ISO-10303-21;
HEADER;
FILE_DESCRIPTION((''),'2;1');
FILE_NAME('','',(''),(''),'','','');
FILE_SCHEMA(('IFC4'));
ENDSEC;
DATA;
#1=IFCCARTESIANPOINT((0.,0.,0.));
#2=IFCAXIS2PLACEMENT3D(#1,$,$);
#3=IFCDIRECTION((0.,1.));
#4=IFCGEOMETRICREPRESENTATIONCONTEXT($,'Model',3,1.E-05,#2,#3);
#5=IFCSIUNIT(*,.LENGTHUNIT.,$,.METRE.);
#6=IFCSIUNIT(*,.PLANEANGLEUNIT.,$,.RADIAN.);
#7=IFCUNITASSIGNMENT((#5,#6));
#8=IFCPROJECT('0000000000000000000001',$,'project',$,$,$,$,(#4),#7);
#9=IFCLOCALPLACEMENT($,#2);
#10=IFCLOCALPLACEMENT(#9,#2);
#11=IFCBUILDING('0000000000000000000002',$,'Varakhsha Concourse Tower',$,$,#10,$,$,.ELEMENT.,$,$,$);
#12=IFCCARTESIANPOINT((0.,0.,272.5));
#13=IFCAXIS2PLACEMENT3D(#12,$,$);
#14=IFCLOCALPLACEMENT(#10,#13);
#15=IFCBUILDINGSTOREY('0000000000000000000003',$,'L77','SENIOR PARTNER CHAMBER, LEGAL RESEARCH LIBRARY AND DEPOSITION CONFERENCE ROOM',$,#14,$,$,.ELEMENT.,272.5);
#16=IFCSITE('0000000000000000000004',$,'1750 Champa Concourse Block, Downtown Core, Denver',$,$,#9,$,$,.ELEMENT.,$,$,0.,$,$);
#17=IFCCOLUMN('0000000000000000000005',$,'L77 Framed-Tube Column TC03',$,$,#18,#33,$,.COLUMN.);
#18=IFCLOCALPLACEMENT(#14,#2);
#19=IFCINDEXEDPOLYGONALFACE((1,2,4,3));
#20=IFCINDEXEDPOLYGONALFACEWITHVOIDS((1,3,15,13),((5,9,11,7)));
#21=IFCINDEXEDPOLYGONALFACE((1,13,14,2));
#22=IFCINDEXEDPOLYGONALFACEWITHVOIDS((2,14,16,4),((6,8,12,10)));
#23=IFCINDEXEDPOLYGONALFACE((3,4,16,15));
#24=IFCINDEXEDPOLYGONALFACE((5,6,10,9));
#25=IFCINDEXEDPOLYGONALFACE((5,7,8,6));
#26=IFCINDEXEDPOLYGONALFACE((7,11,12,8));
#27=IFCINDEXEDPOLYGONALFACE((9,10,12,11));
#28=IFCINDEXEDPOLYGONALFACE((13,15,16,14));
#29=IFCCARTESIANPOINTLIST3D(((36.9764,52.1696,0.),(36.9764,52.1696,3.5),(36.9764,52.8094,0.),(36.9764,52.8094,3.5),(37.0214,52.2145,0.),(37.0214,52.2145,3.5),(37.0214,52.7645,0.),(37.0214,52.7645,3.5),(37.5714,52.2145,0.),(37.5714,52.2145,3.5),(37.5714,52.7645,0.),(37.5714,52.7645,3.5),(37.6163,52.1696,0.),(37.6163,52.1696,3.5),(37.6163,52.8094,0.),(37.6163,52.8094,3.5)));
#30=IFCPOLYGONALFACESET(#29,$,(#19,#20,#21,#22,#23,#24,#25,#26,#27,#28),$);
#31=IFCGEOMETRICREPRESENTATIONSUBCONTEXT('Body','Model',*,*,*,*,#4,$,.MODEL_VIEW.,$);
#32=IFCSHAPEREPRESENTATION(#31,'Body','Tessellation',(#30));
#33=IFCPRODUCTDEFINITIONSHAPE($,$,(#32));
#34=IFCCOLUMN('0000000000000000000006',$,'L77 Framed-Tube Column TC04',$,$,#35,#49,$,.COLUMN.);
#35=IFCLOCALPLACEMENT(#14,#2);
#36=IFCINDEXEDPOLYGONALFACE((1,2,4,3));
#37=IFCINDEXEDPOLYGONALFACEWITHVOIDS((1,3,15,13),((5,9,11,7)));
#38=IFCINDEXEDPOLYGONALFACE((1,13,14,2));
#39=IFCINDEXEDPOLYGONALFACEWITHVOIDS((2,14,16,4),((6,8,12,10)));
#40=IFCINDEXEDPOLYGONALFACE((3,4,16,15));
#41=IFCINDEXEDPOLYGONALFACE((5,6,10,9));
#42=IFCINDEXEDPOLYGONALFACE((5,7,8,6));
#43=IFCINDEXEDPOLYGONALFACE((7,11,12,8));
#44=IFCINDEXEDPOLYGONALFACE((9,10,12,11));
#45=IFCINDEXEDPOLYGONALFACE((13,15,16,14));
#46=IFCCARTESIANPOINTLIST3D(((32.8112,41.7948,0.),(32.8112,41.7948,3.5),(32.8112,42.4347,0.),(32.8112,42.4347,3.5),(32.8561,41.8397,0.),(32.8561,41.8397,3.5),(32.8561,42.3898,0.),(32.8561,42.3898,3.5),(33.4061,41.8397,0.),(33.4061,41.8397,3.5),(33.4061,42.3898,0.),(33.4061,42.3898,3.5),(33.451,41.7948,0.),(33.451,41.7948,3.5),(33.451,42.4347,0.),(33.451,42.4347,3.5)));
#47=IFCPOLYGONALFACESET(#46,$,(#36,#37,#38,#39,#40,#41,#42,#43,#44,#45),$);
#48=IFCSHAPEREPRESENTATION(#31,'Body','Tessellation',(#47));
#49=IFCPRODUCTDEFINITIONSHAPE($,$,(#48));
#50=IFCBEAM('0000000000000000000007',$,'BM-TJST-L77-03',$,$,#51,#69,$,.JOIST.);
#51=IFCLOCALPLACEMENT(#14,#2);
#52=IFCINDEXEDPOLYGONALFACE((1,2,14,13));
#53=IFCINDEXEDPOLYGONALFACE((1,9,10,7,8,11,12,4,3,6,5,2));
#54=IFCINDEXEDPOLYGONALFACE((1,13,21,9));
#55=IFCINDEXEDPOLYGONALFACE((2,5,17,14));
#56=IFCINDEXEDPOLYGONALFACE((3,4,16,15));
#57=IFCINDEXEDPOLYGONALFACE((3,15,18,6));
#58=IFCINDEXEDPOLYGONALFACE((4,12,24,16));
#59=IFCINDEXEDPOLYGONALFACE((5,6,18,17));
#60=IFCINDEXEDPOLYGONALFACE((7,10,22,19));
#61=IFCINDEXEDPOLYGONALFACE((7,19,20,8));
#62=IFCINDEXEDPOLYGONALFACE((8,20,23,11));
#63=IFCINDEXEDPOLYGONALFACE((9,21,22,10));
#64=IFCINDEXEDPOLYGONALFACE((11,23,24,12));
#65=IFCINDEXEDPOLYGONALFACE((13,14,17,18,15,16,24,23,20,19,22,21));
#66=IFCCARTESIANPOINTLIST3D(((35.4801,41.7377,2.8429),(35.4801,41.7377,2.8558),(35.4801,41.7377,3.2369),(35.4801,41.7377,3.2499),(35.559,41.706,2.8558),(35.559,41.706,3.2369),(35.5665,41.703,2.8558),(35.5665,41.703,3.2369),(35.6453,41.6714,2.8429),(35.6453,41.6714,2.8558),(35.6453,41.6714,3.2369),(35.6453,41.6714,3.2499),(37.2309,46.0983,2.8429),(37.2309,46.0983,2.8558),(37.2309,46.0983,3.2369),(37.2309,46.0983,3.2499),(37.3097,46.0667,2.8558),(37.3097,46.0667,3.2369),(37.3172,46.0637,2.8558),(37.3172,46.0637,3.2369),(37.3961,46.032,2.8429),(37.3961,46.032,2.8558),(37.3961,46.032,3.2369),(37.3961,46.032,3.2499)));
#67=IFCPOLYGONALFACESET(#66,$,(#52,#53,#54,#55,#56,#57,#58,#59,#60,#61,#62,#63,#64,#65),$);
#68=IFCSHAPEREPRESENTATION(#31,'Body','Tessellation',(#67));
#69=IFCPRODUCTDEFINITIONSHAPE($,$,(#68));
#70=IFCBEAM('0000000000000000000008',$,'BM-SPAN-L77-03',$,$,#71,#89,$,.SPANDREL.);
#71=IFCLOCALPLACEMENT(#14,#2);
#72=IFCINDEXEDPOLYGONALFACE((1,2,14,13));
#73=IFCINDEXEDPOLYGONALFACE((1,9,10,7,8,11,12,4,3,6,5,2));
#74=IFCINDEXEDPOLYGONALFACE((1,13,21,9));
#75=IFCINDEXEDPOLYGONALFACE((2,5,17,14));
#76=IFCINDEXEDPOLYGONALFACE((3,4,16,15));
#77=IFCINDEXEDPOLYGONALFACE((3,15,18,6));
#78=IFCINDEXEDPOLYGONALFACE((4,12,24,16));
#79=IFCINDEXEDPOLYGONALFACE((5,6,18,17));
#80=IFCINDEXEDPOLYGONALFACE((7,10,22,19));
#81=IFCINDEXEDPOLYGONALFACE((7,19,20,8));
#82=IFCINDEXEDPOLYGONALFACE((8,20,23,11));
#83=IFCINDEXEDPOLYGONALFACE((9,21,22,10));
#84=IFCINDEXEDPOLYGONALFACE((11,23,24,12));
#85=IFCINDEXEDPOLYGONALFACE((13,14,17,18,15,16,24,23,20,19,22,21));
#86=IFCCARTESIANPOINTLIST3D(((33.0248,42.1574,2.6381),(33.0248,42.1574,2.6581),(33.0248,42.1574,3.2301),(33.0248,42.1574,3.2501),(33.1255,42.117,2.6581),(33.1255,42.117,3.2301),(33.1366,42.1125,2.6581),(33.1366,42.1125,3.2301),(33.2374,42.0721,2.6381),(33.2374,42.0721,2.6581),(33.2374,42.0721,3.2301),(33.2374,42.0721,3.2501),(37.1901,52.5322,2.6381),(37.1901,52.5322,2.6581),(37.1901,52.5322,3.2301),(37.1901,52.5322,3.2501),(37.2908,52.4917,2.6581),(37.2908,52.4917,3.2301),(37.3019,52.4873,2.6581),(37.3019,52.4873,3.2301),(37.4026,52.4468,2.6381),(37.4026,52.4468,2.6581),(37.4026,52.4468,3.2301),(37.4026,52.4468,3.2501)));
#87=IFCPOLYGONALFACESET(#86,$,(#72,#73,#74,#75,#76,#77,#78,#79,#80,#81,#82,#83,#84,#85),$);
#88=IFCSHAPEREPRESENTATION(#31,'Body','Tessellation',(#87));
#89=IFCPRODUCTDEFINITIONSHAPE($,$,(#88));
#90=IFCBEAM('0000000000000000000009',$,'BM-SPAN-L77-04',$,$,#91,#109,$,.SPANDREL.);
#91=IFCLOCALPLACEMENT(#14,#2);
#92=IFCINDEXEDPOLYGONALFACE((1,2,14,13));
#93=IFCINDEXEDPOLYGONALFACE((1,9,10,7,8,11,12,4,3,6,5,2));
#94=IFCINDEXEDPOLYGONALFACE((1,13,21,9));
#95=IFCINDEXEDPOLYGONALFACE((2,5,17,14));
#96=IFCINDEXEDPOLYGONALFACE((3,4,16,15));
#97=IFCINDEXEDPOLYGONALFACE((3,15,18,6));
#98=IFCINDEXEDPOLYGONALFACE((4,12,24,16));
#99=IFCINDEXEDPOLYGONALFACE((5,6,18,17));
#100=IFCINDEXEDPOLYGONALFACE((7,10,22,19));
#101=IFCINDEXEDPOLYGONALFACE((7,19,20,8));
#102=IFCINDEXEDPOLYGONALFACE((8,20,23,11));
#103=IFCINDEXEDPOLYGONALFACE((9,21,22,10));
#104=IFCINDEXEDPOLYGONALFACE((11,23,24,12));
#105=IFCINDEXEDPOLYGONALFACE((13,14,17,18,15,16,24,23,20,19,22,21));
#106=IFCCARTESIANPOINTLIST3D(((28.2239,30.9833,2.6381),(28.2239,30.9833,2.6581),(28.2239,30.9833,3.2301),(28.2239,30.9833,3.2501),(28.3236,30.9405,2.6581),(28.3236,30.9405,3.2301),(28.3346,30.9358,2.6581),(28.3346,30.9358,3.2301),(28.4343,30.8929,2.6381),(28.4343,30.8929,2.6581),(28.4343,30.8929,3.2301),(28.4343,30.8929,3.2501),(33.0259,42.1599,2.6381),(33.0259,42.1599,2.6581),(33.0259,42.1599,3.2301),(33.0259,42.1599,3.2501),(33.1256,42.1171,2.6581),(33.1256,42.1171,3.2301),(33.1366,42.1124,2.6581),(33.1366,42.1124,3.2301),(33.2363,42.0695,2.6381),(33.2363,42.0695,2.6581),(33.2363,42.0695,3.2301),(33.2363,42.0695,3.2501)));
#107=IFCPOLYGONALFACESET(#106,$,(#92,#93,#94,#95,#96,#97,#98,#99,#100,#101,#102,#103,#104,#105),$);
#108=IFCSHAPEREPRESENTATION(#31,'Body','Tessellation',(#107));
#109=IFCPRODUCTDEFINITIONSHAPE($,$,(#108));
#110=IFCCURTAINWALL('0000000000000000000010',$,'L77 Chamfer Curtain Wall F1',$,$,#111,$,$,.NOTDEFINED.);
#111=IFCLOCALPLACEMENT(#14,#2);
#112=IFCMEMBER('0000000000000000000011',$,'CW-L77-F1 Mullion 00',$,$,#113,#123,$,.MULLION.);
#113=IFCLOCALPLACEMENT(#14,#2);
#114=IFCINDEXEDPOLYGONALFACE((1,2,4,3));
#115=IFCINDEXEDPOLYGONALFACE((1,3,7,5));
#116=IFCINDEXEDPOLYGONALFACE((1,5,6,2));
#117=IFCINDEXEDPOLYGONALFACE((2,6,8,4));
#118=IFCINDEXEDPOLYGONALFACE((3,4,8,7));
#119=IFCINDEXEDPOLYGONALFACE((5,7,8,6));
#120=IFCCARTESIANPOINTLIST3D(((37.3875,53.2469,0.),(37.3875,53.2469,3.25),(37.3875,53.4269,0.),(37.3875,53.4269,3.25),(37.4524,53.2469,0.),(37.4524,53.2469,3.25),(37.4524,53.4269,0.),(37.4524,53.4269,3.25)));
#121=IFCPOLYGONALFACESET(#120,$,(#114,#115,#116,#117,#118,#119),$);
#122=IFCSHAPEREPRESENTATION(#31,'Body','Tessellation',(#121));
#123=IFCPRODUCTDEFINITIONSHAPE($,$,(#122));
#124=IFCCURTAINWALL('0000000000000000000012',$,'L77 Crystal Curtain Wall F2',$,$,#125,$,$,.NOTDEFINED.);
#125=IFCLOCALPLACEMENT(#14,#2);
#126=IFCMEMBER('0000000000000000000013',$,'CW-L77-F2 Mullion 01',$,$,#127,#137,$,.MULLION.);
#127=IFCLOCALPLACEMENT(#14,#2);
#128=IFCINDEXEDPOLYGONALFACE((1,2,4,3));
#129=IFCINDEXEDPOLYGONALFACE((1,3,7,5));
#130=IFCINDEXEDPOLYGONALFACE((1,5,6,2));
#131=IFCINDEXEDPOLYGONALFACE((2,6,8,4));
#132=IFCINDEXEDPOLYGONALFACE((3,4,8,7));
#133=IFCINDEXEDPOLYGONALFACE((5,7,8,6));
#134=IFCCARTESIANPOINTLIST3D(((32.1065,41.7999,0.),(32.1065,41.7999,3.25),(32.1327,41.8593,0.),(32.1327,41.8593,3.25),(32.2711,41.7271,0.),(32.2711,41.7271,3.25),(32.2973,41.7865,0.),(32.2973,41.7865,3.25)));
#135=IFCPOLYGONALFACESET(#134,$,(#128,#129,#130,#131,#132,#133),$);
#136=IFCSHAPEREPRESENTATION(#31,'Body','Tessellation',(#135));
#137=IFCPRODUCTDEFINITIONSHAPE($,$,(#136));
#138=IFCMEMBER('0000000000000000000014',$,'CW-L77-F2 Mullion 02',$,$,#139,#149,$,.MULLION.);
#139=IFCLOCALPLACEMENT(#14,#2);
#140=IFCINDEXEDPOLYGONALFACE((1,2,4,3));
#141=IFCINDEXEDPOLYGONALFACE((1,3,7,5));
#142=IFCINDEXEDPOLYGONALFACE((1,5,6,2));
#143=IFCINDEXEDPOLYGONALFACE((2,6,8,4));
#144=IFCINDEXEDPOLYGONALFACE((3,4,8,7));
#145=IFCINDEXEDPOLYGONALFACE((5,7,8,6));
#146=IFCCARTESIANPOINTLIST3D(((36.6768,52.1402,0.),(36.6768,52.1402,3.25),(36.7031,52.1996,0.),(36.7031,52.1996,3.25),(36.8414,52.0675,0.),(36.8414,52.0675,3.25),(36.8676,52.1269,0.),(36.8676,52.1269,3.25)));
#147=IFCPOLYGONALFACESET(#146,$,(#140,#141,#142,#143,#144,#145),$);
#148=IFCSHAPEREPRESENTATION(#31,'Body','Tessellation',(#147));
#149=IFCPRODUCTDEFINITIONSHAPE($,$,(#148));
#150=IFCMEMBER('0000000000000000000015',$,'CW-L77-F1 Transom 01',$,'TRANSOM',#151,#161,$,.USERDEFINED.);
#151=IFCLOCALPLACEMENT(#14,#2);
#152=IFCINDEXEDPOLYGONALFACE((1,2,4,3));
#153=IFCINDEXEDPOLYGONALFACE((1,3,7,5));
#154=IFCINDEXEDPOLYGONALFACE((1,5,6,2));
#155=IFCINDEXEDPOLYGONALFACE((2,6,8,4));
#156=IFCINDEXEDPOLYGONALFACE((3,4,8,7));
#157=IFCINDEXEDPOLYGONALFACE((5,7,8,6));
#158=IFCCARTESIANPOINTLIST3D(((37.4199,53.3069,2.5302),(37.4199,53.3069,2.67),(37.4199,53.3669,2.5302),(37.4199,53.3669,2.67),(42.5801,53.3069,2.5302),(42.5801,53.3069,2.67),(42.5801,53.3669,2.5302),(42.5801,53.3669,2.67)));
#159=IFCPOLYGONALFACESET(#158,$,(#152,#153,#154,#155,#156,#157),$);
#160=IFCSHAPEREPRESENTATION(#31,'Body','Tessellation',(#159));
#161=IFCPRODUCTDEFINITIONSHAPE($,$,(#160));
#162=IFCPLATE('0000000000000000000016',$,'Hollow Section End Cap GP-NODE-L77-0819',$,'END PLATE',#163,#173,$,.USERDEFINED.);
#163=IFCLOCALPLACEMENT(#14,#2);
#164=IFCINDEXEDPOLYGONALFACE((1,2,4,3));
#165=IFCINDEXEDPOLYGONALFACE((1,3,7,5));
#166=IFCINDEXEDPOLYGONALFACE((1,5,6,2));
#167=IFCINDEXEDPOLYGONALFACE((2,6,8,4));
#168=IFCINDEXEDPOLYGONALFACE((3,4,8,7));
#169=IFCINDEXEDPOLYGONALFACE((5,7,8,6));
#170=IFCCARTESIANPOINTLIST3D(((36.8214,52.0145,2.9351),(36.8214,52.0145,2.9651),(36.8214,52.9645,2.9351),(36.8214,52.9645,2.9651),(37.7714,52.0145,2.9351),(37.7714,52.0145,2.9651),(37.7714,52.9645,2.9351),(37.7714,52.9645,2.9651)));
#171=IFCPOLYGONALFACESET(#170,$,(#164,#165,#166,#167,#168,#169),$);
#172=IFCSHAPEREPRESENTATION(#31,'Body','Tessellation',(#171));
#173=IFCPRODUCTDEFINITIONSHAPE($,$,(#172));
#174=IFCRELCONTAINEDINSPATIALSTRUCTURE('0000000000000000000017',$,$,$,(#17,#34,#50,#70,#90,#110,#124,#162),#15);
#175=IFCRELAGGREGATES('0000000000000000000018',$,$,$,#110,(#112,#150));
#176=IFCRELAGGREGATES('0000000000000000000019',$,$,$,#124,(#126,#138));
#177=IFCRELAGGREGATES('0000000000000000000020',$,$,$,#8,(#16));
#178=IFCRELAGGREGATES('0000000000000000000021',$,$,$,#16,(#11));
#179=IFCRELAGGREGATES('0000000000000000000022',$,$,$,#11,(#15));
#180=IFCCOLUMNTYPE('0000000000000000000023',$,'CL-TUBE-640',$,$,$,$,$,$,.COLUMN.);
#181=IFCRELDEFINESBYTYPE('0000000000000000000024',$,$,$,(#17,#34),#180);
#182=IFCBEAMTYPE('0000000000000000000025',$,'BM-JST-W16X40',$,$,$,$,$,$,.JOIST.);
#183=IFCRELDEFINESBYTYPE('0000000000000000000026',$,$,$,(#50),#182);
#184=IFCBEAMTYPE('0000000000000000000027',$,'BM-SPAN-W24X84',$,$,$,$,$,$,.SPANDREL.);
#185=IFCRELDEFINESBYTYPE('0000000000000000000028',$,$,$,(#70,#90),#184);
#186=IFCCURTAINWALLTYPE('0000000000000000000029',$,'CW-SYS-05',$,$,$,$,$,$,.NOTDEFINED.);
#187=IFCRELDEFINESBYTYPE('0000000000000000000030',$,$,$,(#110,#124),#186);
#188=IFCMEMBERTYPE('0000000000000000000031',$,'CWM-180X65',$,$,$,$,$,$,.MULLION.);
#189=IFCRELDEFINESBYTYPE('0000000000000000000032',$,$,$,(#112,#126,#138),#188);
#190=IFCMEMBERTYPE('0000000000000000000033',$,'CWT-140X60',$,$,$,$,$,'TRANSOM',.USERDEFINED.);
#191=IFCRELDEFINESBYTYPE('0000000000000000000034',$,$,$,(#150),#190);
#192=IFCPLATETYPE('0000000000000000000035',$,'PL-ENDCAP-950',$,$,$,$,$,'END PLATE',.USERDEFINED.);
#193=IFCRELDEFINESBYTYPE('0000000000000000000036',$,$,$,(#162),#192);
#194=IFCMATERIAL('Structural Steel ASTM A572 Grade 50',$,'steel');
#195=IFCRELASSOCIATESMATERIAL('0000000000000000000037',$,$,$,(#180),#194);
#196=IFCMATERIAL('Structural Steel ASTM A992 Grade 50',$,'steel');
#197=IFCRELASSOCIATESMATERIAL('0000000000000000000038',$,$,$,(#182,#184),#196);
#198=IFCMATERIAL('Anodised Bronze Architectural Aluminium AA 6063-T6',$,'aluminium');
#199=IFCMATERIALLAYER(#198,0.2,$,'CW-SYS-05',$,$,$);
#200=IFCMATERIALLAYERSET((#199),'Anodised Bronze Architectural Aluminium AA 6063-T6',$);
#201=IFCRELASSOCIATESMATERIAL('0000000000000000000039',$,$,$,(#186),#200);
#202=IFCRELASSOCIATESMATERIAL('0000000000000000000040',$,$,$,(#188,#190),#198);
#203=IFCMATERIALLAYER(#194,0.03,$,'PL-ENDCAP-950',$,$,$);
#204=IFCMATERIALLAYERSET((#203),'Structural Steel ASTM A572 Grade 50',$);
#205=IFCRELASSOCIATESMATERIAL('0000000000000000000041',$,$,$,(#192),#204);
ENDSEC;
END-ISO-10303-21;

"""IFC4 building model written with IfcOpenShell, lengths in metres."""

from ifc_helpers import new_model, si_unit, direction, frame, origin, origin_2d, place, context, subcontext, project, spatial, rectangle, hollow_rectangle, i_section, extrude, source, transform, mapped, material, layer, layer_set, material_profile, profile_set, type_object, type_shapes, element, aggregate, save


model = new_model("IFC4")

# Units and contexts
model_context = context("Model", 3, precision=1e-05, world=origin(), true_north=direction((0.0, 1.0)))
body_context = subcontext(model_context, "Body", "Model", "MODEL_VIEW")
ifc_project = project(units=[si_unit("LENGTHUNIT", "METRE"), si_unit("PLANEANGLEUNIT", "RADIAN")], contexts=[model_context])

# Site, building, storey
site_placement = place(None, origin())
site = spatial("IfcSite", under=ifc_project, at=site_placement, Name="1750 Champa Concourse Block, Downtown Core, Denver", CompositionType="ELEMENT", RefElevation=0.0)
building_placement = place(site_placement, origin())
building = spatial("IfcBuilding", under=site, at=building_placement, Name="Varakhsha Concourse Tower", CompositionType="ELEMENT")
storey_placement = place(building_placement, frame((0.0, 0.0, 272.5)))
storey = spatial("IfcBuildingStorey", under=building, at=storey_placement, Name="L77", Description="SENIOR PARTNER CHAMBER, LEGAL RESEARCH LIBRARY AND DEPOSITION CONFERENCE ROOM", CompositionType="ELEMENT", Elevation=272.5)

# Columns
ifc_material_1 = material(Name="Structural Steel ASTM A572 Grade 50", Category="steel")
ifc_material_profile_1 = material_profile(ifc_material_1, hollow_rectangle(XDim=0.6399, YDim=0.6399, WallThickness=0.0449, at=origin_2d()), Name="BOX 640x640x45")
ifc_profile_set_1 = profile_set([ifc_material_profile_1], Name="Structural Steel ASTM A572 Grade 50")
column_type = type_object("IfcColumnType", Name="CL-TUBE-640", PredefinedType="COLUMN", material=ifc_profile_set_1)
for number, where, z_axis, x_axis, name in (
    (1, (37.2964, 52.4895, 0.0), (0.0, 0.0, 1.0), (1.0, 0.0, 0.0), "L77 Framed-Tube Column TC03"),
    (2, (33.1311, 42.1147, 0.0), (0.0, 0.0, 1.0), (1.0, 0.0, 0.0), "L77 Framed-Tube Column TC04"),
):
    element("IfcColumn", number, at=place(storey_placement, frame(where, z_axis=z_axis, x_axis=x_axis)), inside=storey, type_object=column_type, Name=name, PredefinedType="COLUMN", context=body_context, shape_type="SweptSolid", body=[
        extrude(hollow_rectangle(XDim=0.6399, YDim=0.6399, WallThickness=0.0449, at=origin_2d()), origin(), (0.0, 0.0, 1.0), 3.5),
    ])

# Beams
ifc_material_2 = material(Name="Structural Steel ASTM A992 Grade 50", Category="steel")
ifc_material_profile_2 = material_profile(ifc_material_2, i_section(OverallWidth=0.178, OverallDepth=0.407, WebThickness=0.0081, FlangeThickness=0.0129, at=origin_2d()), Name="W16X40")
ifc_profile_set_2 = profile_set([ifc_material_profile_2], Name="Structural Steel ASTM A992 Grade 50")
beam_type_1 = type_object("IfcBeamType", Name="BM-JST-W16X40", PredefinedType="JOIST", material=ifc_profile_set_2)
beam_1_placement = place(storey_placement, frame((37.3135, 46.0652, 3.0464), z_axis=(-0.372582, -0.927999, 0.0), x_axis=(0.927999, -0.372582, 0.0)))
element("IfcBeam", 3, at=beam_1_placement, inside=storey, type_object=beam_type_1, Name="BM-TJST-L77-03", PredefinedType="JOIST", context=body_context, shape_type="SweptSolid", body=[
    extrude(i_section(OverallWidth=0.178, OverallDepth=0.407, WebThickness=0.0081, FlangeThickness=0.0129, at=origin_2d()), origin(), (0.0, 0.0, 1.0), 4.699),
])
ifc_material_profile_3 = material_profile(ifc_material_2, i_section(OverallWidth=0.229, OverallDepth=0.6121, WebThickness=0.012, FlangeThickness=0.02, at=origin_2d()), Name="W24X84")
ifc_profile_set_3 = profile_set([ifc_material_profile_3], Name="Structural Steel ASTM A992 Grade 50")
beam_type_2 = type_object("IfcBeamType", Name="BM-SPAN-W24X84", PredefinedType="SPANDREL", material=ifc_profile_set_3)
beam_2_placement = place(storey_placement, frame((37.2964, 52.4895, 2.9441), z_axis=(-0.372576, -0.928002, 0.0), x_axis=(0.928002, -0.372576, 0.0)))
element("IfcBeam", 4, at=beam_2_placement, inside=storey, type_object=beam_type_2, Name="BM-SPAN-L77-03", PredefinedType="SPANDREL", context=body_context, shape_type="SweptSolid", body=[
    extrude(i_section(OverallWidth=0.229, OverallDepth=0.6121, WebThickness=0.012, FlangeThickness=0.02, at=origin_2d()), origin(), (0.0, 0.0, 1.0), 11.1797),
])
beam_3_placement = place(storey_placement, frame((33.1311, 42.1147, 2.9441), z_axis=(-0.394757, -0.918785, 0.0), x_axis=(0.918785, -0.394757, 0.0)))
element("IfcBeam", 5, at=beam_3_placement, inside=storey, type_object=beam_type_2, Name="BM-SPAN-L77-04", PredefinedType="SPANDREL", context=body_context, shape_type="SweptSolid", body=[
    extrude(i_section(OverallWidth=0.229, OverallDepth=0.6121, WebThickness=0.012, FlangeThickness=0.02, at=origin_2d()), origin(), (0.0, 0.0, 1.0), 12.1646),
])

# Curtain wall, member
ifc_material_3 = material(Name="Anodised Bronze Architectural Aluminium AA 6063-T6", Category="aluminium")
ifc_layer_1 = layer(ifc_material_3, 0.2, Name="CW-SYS-05")
ifc_layer_set_1 = layer_set([ifc_layer_1], Name="Anodised Bronze Architectural Aluminium AA 6063-T6")
curtain_wall_type = type_object("IfcCurtainWallType", Name="CW-SYS-05", PredefinedType="NOTDEFINED", material=ifc_layer_set_1)
curtain_wall_1_placement = place(storey_placement, origin())
curtain_wall_1 = element("IfcCurtainWall", 6, at=curtain_wall_1_placement, inside=storey, type_object=curtain_wall_type, Name="L77 Chamfer Curtain Wall F1", PredefinedType="NOTDEFINED")
ifc_material_profile_4 = material_profile(ifc_material_3, rectangle(XDim=0.0649, YDim=0.1799, at=origin_2d()), Name="CWM-180X65")
ifc_profile_set_4 = profile_set([ifc_material_profile_4], Name="Anodised Bronze Architectural Aluminium AA 6063-T6")
member_type_1 = type_object("IfcMemberType", Name="CWM-180X65", PredefinedType="MULLION", material=ifc_profile_set_4)
shared_shape_1 = source(origin(), body_context, "Body", "SweptSolid", [
    extrude(rectangle(XDim=0.0649, YDim=0.1799, at=origin_2d()), origin(), (0.0, 0.0, 1.0), 3.25),
])
type_shapes(member_type_1, [shared_shape_1])
member_1_placement = place(storey_placement, frame((37.4199, 53.3369, 0.0), z_axis=(0.0, 0.0, 1.0), x_axis=(1.0, 0.0, 0.0)))
member_1 = element("IfcMember", 7, at=member_1_placement, type_object=member_type_1, Name="CW-L77-F1 Mullion 00", PredefinedType="MULLION", context=body_context, shape_type="MappedRepresentation", body=[
    mapped(shared_shape_1, transform((0.0, 0.0, 0.0), scale=1.0)),
])

# Curtain wall, members
curtain_wall_2_placement = place(storey_placement, origin())
curtain_wall_2 = element("IfcCurtainWall", 8, at=curtain_wall_2_placement, inside=storey, type_object=curtain_wall_type, Name="L77 Crystal Curtain Wall F2", PredefinedType="NOTDEFINED")
member_2_placement = place(storey_placement, frame((32.2019, 41.7932, 0.0), z_axis=(0.0, 0.0, 1.0), x_axis=(0.404273, 0.914638, 0.0)))
member_2 = element("IfcMember", 9, at=member_2_placement, type_object=member_type_1, Name="CW-L77-F2 Mullion 01", PredefinedType="MULLION", context=body_context, shape_type="MappedRepresentation", body=[
    mapped(shared_shape_1, transform((0.0, 0.0, 0.0), scale=1.0)),
])
member_3_placement = place(storey_placement, frame((36.7722, 52.1335, 0.0), z_axis=(0.0, 0.0, 1.0), x_axis=(0.404273, 0.914638, 0.0)))
member_3 = element("IfcMember", 10, at=member_3_placement, type_object=member_type_1, Name="CW-L77-F2 Mullion 02", PredefinedType="MULLION", context=body_context, shape_type="MappedRepresentation", body=[
    mapped(shared_shape_1, transform((0.0, 0.0, 0.0), scale=1.0)),
])

# Member
ifc_material_profile_5 = material_profile(ifc_material_3, rectangle(XDim=0.0601, YDim=0.1399, at=origin_2d()), Name="CWT-140X60")
ifc_profile_set_5 = profile_set([ifc_material_profile_5], Name="Anodised Bronze Architectural Aluminium AA 6063-T6")
member_type_2 = type_object("IfcMemberType", Name="CWT-140X60", ElementType="TRANSOM", PredefinedType="USERDEFINED", material=ifc_profile_set_5)
shared_shape_2 = source(origin(), body_context, "Body", "SweptSolid", [
    extrude(rectangle(XDim=0.0601, YDim=0.1399, at=origin_2d()), origin(), (0.0, 0.0, 1.0), 5.1602),
])
type_shapes(member_type_2, [shared_shape_2])
member_4_placement = place(storey_placement, frame((37.4199, 53.3369, 2.6001), z_axis=(1.0, 0.0, 0.0), x_axis=(0.0, 1.0, 0.0)))
member_4 = element("IfcMember", 11, at=member_4_placement, type_object=member_type_2, Name="CW-L77-F1 Transom 01", ObjectType="TRANSOM", PredefinedType="USERDEFINED", context=body_context, shape_type="MappedRepresentation", body=[
    mapped(shared_shape_2, transform((0.0, 0.0, 0.0), scale=1.0)),
])
aggregate(curtain_wall_1, [member_1, member_4])

# Plate
ifc_layer_2 = layer(ifc_material_1, 0.03, Name="PL-ENDCAP-950")
ifc_layer_set_2 = layer_set([ifc_layer_2], Name="Structural Steel ASTM A572 Grade 50")
plate_type_1 = type_object("IfcPlateType", Name="PL-ENDCAP-950", ElementType="END PLATE", PredefinedType="USERDEFINED", material=ifc_layer_set_2)
shared_shape_3 = source(origin(), body_context, "Body", "SweptSolid", [
    extrude(rectangle(XDim=0.95, YDim=0.95, at=origin_2d()), origin(), (0.0, 0.0, 1.0), 0.03),
])
type_shapes(plate_type_1, [shared_shape_3])
plate_1_placement = place(storey_placement, frame((37.2964, 52.4895, 2.9351), z_axis=(0.0, 0.0, 1.0), x_axis=(1.0, 0.0, 0.0)))
element("IfcPlate", 12, at=plate_1_placement, inside=storey, type_object=plate_type_1, Name="Hollow Section End Cap GP-NODE-L77-0819", ObjectType="END PLATE", PredefinedType="USERDEFINED", context=body_context, shape_type="MappedRepresentation", body=[
    mapped(shared_shape_3, transform((0.0, 0.0, 0.0), scale=1.0)),
])
aggregate(curtain_wall_2, [member_2, member_3])

save(model, "model.ifc")
